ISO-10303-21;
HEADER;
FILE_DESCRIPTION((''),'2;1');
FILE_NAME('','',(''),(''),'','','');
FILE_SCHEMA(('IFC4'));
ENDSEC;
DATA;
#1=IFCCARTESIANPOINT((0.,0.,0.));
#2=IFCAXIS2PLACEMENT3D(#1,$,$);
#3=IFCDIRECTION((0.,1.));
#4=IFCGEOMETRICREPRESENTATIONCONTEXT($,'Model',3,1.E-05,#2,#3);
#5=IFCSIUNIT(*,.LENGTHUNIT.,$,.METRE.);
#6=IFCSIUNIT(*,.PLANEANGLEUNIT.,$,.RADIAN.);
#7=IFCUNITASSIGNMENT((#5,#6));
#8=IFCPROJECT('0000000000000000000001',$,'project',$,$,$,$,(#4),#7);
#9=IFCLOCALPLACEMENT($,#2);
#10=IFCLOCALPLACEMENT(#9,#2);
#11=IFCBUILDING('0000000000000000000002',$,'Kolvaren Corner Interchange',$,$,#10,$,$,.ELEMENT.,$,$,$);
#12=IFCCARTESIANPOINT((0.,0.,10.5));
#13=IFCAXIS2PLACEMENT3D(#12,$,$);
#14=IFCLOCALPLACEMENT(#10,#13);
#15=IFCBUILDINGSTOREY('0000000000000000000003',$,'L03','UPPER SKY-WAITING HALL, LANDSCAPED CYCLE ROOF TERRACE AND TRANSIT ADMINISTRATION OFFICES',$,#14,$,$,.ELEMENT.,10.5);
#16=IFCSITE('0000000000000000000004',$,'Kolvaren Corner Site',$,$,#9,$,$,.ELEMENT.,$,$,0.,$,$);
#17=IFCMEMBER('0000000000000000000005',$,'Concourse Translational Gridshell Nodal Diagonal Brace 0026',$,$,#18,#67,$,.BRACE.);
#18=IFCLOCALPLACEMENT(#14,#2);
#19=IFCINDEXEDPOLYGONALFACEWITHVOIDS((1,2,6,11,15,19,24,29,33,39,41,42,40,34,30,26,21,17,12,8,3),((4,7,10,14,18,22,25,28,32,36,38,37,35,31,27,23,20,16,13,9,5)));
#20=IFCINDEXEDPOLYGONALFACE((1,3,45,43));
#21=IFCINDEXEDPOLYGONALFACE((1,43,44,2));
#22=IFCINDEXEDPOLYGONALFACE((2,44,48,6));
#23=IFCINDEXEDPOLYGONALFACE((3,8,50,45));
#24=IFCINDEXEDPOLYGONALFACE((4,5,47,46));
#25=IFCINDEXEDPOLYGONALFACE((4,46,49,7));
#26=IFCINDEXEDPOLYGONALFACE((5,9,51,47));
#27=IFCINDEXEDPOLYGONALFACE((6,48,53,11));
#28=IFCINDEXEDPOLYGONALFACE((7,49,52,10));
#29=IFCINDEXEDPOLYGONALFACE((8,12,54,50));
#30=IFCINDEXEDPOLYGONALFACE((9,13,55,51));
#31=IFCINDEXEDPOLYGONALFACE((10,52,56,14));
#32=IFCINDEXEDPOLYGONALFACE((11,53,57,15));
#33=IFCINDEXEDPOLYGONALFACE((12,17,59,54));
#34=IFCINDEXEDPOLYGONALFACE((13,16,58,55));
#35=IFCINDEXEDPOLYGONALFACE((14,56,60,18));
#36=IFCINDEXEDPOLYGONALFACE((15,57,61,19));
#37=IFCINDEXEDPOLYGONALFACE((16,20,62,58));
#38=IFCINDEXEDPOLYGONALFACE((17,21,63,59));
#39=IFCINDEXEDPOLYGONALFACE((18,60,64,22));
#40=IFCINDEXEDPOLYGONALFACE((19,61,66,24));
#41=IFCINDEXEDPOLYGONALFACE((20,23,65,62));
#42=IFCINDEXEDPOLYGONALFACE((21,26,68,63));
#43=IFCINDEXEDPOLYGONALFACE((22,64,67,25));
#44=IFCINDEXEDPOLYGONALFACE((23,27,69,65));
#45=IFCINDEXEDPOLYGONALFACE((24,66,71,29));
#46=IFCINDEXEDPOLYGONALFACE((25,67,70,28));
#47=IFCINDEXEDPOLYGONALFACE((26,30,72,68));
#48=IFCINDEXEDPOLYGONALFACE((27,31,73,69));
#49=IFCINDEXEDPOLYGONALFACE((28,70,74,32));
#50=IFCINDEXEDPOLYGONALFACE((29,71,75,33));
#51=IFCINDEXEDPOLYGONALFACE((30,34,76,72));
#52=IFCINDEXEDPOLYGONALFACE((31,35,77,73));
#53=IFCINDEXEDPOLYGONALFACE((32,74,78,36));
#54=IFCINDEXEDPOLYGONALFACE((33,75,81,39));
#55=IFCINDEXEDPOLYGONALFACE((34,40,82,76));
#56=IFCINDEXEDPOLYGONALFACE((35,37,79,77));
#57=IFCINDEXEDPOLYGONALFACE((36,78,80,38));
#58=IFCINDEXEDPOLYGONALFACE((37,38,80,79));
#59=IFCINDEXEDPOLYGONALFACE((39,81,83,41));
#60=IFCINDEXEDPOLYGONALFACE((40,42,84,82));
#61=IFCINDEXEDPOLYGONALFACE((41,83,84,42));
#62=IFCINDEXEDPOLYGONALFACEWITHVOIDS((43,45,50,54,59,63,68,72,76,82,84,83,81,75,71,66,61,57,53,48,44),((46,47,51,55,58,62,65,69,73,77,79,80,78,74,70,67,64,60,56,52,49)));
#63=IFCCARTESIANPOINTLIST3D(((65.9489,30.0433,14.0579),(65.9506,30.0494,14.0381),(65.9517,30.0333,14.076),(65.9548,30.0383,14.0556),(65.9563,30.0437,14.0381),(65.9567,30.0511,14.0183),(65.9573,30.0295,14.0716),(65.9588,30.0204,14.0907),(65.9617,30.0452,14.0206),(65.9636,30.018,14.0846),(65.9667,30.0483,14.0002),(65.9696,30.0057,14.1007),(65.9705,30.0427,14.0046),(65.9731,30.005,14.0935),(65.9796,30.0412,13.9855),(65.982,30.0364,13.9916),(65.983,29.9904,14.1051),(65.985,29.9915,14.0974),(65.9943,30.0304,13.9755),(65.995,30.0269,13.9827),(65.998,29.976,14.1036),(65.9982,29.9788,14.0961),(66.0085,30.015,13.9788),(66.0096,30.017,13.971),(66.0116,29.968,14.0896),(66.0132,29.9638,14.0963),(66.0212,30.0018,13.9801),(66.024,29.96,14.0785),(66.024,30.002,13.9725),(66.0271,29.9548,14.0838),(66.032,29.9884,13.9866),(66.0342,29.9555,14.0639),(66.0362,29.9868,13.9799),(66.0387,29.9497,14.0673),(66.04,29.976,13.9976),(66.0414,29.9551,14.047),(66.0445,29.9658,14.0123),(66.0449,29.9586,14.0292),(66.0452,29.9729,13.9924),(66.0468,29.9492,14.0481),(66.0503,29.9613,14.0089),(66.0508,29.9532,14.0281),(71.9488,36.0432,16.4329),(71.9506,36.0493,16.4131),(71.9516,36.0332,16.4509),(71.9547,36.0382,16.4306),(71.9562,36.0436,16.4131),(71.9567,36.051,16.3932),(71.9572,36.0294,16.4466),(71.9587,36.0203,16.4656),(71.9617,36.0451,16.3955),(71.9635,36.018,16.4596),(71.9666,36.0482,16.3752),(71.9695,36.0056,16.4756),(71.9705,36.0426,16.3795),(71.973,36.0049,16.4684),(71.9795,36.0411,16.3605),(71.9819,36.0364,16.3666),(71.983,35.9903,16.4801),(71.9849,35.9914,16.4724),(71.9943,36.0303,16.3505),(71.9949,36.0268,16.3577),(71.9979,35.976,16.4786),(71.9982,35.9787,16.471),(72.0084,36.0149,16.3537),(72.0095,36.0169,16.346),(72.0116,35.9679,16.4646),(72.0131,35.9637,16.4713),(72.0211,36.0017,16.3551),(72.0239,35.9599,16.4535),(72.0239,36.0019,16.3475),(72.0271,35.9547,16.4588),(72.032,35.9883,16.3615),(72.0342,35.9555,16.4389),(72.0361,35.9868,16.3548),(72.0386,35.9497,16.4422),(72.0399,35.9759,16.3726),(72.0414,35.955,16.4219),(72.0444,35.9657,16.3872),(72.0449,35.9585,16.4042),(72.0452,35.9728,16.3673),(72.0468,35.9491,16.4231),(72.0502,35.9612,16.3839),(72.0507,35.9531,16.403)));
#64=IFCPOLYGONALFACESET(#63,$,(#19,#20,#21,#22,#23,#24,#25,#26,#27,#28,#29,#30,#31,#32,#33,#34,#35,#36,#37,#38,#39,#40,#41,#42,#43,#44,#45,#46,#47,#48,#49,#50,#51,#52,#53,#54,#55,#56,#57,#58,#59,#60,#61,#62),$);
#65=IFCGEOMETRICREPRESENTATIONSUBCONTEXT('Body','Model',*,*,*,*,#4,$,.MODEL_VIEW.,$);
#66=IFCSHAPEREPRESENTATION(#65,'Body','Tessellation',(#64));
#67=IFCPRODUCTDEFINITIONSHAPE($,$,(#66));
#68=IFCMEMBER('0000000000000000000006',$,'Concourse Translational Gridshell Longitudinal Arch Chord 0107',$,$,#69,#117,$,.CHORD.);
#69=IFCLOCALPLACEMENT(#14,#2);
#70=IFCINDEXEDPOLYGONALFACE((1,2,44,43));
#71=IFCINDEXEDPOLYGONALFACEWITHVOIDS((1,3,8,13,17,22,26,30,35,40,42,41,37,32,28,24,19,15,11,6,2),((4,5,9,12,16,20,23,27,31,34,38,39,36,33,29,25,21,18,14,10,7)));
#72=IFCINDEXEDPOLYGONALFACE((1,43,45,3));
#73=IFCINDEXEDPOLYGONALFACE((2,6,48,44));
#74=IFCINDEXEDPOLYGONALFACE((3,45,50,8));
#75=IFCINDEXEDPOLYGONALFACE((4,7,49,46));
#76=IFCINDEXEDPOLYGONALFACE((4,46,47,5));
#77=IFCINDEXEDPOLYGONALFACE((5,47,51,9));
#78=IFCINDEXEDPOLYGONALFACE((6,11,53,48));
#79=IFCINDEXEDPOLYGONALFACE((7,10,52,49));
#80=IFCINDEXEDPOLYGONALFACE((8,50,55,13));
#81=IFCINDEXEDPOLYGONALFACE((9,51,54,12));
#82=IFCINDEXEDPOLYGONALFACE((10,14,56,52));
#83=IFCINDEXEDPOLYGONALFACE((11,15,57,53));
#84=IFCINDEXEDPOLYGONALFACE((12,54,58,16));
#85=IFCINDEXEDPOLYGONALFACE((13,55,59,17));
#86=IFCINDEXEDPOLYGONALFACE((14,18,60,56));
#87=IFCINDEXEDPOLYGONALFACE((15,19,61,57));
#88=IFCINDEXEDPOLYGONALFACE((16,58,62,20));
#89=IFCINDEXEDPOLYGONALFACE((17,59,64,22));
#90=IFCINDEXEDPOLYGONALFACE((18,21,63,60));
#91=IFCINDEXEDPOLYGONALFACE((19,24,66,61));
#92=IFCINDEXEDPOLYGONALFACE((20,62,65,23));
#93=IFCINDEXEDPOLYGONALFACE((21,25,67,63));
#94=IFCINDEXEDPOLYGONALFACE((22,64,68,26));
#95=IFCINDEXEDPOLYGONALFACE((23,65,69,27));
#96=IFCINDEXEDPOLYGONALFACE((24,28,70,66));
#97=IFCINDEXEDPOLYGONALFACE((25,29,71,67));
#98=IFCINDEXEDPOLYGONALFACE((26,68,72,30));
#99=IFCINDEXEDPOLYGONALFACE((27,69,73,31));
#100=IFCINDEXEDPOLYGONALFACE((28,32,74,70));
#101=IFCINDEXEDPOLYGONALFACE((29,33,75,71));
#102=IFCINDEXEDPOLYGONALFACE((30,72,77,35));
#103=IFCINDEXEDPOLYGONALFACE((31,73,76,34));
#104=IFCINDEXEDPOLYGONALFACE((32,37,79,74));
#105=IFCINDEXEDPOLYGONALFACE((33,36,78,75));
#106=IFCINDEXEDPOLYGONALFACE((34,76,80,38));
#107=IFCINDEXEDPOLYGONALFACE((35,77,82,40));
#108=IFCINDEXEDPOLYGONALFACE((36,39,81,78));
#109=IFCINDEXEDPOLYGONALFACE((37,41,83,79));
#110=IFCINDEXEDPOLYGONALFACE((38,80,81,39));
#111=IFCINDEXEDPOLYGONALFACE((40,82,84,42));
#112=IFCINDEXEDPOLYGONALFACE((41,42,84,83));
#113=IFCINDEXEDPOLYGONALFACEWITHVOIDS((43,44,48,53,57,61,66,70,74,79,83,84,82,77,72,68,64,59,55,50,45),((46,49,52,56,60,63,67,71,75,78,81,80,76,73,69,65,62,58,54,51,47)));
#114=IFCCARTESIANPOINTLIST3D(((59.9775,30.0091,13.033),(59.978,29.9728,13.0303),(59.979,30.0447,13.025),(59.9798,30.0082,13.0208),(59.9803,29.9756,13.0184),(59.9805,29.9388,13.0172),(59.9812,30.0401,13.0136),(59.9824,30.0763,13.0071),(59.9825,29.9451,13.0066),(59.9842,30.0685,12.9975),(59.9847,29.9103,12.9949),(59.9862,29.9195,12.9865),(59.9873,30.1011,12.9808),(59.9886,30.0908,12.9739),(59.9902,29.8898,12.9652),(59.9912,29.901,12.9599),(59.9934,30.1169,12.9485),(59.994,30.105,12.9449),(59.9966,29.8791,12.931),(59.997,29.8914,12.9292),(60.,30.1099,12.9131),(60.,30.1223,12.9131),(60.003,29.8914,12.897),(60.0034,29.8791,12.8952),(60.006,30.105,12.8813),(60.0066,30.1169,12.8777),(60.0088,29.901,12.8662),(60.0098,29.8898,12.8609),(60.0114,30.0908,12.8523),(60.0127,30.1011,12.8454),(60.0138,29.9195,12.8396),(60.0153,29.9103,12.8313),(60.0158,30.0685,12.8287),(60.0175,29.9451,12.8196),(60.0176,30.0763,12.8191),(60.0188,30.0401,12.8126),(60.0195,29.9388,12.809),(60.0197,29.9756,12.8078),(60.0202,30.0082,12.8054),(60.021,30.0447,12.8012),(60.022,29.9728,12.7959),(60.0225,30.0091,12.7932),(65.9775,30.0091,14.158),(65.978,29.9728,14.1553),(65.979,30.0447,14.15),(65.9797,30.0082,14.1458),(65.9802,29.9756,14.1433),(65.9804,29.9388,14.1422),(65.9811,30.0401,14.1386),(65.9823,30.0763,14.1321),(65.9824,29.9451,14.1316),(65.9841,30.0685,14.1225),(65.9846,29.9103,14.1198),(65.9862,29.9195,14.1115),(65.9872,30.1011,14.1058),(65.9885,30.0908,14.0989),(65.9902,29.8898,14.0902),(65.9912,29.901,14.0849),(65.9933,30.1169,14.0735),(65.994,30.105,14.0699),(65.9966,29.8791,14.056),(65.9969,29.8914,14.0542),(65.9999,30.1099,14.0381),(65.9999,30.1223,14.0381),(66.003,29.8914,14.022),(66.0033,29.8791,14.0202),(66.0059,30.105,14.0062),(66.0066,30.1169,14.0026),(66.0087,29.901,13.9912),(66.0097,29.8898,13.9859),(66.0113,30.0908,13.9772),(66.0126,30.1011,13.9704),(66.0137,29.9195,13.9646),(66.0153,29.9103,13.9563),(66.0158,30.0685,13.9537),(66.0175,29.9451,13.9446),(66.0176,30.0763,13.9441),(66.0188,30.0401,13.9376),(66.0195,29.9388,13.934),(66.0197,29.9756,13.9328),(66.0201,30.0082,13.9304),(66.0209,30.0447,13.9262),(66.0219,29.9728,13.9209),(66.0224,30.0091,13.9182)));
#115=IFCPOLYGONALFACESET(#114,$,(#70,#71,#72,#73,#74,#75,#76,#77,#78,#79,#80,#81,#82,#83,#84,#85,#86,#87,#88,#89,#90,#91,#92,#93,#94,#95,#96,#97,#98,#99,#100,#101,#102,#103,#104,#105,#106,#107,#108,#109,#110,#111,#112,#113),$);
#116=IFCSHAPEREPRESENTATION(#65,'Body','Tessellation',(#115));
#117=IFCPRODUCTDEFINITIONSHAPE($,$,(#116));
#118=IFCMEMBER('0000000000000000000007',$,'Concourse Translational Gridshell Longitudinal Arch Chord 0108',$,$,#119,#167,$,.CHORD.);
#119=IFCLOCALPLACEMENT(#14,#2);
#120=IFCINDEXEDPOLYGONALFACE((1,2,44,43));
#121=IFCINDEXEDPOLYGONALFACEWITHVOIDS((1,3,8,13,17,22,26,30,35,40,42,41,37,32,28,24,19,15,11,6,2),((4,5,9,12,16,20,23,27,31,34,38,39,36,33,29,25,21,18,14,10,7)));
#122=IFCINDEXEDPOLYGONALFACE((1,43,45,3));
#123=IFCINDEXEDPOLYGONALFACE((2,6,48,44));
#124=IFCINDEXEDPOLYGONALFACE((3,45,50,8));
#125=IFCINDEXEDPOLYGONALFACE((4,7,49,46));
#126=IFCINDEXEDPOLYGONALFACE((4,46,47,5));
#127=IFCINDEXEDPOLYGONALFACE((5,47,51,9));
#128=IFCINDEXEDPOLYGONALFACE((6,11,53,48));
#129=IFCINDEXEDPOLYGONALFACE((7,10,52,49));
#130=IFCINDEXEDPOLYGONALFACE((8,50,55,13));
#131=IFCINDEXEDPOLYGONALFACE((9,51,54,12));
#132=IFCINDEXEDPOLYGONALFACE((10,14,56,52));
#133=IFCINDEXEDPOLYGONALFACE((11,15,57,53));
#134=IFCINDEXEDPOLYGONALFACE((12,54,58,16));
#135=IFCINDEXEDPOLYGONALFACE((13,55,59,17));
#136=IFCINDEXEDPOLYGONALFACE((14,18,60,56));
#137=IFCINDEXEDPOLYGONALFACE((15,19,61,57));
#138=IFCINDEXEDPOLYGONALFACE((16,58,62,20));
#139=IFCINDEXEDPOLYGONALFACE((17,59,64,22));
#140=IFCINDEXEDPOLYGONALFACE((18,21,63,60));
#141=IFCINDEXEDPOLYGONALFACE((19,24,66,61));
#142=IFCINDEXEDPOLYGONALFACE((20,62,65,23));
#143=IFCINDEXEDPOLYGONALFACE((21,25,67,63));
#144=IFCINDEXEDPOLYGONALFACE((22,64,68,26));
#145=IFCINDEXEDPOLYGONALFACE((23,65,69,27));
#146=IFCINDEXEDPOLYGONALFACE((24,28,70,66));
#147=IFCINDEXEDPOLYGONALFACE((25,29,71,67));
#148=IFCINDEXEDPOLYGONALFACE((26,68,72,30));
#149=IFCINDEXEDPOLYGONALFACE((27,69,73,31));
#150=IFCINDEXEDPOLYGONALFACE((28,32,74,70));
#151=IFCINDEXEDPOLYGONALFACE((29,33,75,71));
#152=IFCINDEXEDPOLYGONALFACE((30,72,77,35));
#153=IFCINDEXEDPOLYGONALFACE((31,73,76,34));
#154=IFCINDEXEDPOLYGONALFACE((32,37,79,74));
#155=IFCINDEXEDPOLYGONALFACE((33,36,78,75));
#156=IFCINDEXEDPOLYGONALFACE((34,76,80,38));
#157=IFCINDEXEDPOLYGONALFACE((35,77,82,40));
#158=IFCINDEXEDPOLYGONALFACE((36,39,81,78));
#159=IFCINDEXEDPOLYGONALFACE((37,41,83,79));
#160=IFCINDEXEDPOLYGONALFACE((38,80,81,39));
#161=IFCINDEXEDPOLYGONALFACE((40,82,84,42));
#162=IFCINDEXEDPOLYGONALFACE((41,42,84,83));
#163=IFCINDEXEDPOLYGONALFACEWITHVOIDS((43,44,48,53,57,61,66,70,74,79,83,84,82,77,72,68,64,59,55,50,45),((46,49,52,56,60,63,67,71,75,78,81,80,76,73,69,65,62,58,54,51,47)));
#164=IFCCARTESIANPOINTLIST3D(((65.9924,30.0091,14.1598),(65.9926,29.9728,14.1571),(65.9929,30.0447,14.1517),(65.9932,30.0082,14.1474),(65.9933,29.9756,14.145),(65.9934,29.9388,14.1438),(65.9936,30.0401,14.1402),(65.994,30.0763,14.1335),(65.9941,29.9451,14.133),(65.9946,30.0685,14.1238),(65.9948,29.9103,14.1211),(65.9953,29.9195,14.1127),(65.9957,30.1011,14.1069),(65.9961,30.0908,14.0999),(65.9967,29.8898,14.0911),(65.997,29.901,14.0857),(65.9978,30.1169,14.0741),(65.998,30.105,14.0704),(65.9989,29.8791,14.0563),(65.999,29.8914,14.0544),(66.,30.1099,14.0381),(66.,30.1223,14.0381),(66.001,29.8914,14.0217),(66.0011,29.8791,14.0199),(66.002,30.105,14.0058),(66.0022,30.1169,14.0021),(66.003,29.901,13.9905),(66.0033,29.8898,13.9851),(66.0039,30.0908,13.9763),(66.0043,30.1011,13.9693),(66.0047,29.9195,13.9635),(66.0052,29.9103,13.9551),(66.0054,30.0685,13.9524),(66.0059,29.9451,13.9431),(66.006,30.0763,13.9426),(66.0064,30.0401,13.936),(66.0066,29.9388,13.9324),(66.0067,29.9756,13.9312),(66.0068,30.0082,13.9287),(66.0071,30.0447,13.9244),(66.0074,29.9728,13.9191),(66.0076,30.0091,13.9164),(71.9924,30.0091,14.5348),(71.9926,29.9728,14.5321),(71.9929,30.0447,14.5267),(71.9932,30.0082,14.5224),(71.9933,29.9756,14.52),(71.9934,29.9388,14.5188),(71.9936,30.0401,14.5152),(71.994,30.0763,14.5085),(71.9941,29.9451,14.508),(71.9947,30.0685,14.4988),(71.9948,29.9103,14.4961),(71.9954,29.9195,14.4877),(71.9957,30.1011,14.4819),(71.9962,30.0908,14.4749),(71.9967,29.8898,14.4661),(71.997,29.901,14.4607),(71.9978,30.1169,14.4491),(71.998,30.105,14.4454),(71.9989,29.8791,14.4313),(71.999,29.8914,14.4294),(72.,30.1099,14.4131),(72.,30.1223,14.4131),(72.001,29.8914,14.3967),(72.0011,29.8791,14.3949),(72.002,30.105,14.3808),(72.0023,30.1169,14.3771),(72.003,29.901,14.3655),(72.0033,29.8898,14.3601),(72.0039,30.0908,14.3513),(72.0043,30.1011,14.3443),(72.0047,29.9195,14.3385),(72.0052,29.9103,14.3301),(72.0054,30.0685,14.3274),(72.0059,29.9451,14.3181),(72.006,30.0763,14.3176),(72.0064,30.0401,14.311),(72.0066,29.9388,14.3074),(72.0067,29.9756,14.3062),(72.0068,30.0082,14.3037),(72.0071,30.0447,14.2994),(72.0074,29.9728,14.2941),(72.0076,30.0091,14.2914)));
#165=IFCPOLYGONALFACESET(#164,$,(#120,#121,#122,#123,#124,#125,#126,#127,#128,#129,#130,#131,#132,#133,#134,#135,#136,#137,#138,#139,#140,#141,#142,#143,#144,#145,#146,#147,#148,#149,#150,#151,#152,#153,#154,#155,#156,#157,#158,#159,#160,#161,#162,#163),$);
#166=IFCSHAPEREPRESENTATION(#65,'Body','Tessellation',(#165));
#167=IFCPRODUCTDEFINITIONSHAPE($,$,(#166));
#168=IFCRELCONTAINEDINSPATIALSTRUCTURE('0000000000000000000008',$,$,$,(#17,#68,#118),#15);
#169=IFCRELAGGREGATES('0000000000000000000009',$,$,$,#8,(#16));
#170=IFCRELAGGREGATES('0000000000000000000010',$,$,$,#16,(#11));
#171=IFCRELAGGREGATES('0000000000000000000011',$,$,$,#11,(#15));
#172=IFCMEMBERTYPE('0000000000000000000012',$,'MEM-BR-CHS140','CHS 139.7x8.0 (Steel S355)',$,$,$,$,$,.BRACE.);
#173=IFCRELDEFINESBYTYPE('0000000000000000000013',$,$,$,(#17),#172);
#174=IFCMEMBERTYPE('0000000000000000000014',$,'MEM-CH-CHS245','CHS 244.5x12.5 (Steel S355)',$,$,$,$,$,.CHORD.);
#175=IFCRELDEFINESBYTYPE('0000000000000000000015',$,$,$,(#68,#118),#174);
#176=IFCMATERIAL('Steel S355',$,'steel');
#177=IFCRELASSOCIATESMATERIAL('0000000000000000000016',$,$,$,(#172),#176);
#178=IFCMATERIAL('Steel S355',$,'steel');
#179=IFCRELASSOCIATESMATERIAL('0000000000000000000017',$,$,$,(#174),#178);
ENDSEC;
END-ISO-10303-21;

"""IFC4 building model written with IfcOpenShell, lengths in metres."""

from ifc_helpers import new_model, si_unit, direction, frame, origin, origin_2d, place, context, subcontext, project, spatial, hollow_circle, extrude, material, material_profile, profile_set, type_object, element, save


model = new_model("IFC4")

# Units and contexts
model_context = context("Model", 3, precision=1e-05, world=origin(), true_north=direction((0.0, 1.0)))
body_context = subcontext(model_context, "Body", "Model", "MODEL_VIEW")
ifc_project = project(units=[si_unit("LENGTHUNIT", "METRE"), si_unit("PLANEANGLEUNIT", "RADIAN")], contexts=[model_context])

# Site, building, storey
site_placement = place(None, origin())
site = spatial("IfcSite", under=ifc_project, at=site_placement, Name="Kolvaren Corner Site", CompositionType="ELEMENT", RefElevation=0.0)
building_placement = place(site_placement, origin())
building = spatial("IfcBuilding", under=site, at=building_placement, Name="Kolvaren Corner Interchange", CompositionType="ELEMENT")
storey_placement = place(building_placement, frame((0.0, 0.0, 10.5)))
storey = spatial("IfcBuildingStorey", under=building, at=storey_placement, Name="L03", Description="UPPER SKY-WAITING HALL, LANDSCAPED CYCLE ROOF TERRACE AND TRANSIT ADMINISTRATION OFFICES", CompositionType="ELEMENT", Elevation=10.5)

# Members
ifc_material_1 = material(Name="Steel S355", Category="steel")
ifc_material_profile_1 = material_profile(ifc_material_1, hollow_circle(Radius=0.0698, WallThickness=0.0081, at=origin_2d()), Name="CHS 139.7x8.0")
ifc_profile_set_1 = profile_set([ifc_material_profile_1], Name="Steel S355")
member_type_1 = type_object("IfcMemberType", Name="MEM-BR-CHS140", Description="CHS 139.7x8.0 (Steel S355)", PredefinedType="BRACE", material=ifc_profile_set_1)
member_1_placement = place(storey_placement, frame((66.0, 30.0, 14.0381), z_axis=(0.680937, 0.680937, 0.269537), x_axis=(-0.707107, 0.707107, 0.0)))
element("IfcMember", 1, at=member_1_placement, inside=storey, type_object=member_type_1, Name="Concourse Translational Gridshell Nodal Diagonal Brace 0026", PredefinedType="BRACE", context=body_context, shape_type="SweptSolid", body=[
    extrude(hollow_circle(Radius=0.0698, WallThickness=0.0081, at=origin_2d()), origin(), (0.0, 0.0, 1.0), 8.8113),
])
ifc_material_2 = material(Name="Steel S355", Category="steel")
ifc_material_profile_2 = material_profile(ifc_material_2, hollow_circle(Radius=0.1223, WallThickness=0.0125, at=origin_2d()), Name="CHS 244.5x12.5")
ifc_profile_set_2 = profile_set([ifc_material_profile_2], Name="Steel S355")
member_type_2 = type_object("IfcMemberType", Name="MEM-CH-CHS245", Description="CHS 244.5x12.5 (Steel S355)", PredefinedType="CHORD", material=ifc_profile_set_2)
member_2_placement = place(storey_placement, frame((60.0, 30.0, 12.9131), z_axis=(0.982872, 0.0, 0.184289), x_axis=(0.0, 1.0, 0.0)))
element("IfcMember", 2, at=member_2_placement, inside=storey, type_object=member_type_2, Name="Concourse Translational Gridshell Longitudinal Arch Chord 0107", PredefinedType="CHORD", context=body_context, shape_type="SweptSolid", body=[
    extrude(hollow_circle(Radius=0.1223, WallThickness=0.0125, at=origin_2d()), origin(), (0.0, 0.0, 1.0), 6.1045),
])
member_3_placement = place(storey_placement, frame((66.0, 30.0, 14.0381), z_axis=(0.998053, 0.0, 0.062378), x_axis=(0.0, 1.0, 0.0)))
element("IfcMember", 3, at=member_3_placement, inside=storey, type_object=member_type_2, Name="Concourse Translational Gridshell Longitudinal Arch Chord 0108", PredefinedType="CHORD", context=body_context, shape_type="SweptSolid", body=[
    extrude(hollow_circle(Radius=0.1223, WallThickness=0.0125, at=origin_2d()), origin(), (0.0, 0.0, 1.0), 6.0117),
])

save(model, "model.ifc")
